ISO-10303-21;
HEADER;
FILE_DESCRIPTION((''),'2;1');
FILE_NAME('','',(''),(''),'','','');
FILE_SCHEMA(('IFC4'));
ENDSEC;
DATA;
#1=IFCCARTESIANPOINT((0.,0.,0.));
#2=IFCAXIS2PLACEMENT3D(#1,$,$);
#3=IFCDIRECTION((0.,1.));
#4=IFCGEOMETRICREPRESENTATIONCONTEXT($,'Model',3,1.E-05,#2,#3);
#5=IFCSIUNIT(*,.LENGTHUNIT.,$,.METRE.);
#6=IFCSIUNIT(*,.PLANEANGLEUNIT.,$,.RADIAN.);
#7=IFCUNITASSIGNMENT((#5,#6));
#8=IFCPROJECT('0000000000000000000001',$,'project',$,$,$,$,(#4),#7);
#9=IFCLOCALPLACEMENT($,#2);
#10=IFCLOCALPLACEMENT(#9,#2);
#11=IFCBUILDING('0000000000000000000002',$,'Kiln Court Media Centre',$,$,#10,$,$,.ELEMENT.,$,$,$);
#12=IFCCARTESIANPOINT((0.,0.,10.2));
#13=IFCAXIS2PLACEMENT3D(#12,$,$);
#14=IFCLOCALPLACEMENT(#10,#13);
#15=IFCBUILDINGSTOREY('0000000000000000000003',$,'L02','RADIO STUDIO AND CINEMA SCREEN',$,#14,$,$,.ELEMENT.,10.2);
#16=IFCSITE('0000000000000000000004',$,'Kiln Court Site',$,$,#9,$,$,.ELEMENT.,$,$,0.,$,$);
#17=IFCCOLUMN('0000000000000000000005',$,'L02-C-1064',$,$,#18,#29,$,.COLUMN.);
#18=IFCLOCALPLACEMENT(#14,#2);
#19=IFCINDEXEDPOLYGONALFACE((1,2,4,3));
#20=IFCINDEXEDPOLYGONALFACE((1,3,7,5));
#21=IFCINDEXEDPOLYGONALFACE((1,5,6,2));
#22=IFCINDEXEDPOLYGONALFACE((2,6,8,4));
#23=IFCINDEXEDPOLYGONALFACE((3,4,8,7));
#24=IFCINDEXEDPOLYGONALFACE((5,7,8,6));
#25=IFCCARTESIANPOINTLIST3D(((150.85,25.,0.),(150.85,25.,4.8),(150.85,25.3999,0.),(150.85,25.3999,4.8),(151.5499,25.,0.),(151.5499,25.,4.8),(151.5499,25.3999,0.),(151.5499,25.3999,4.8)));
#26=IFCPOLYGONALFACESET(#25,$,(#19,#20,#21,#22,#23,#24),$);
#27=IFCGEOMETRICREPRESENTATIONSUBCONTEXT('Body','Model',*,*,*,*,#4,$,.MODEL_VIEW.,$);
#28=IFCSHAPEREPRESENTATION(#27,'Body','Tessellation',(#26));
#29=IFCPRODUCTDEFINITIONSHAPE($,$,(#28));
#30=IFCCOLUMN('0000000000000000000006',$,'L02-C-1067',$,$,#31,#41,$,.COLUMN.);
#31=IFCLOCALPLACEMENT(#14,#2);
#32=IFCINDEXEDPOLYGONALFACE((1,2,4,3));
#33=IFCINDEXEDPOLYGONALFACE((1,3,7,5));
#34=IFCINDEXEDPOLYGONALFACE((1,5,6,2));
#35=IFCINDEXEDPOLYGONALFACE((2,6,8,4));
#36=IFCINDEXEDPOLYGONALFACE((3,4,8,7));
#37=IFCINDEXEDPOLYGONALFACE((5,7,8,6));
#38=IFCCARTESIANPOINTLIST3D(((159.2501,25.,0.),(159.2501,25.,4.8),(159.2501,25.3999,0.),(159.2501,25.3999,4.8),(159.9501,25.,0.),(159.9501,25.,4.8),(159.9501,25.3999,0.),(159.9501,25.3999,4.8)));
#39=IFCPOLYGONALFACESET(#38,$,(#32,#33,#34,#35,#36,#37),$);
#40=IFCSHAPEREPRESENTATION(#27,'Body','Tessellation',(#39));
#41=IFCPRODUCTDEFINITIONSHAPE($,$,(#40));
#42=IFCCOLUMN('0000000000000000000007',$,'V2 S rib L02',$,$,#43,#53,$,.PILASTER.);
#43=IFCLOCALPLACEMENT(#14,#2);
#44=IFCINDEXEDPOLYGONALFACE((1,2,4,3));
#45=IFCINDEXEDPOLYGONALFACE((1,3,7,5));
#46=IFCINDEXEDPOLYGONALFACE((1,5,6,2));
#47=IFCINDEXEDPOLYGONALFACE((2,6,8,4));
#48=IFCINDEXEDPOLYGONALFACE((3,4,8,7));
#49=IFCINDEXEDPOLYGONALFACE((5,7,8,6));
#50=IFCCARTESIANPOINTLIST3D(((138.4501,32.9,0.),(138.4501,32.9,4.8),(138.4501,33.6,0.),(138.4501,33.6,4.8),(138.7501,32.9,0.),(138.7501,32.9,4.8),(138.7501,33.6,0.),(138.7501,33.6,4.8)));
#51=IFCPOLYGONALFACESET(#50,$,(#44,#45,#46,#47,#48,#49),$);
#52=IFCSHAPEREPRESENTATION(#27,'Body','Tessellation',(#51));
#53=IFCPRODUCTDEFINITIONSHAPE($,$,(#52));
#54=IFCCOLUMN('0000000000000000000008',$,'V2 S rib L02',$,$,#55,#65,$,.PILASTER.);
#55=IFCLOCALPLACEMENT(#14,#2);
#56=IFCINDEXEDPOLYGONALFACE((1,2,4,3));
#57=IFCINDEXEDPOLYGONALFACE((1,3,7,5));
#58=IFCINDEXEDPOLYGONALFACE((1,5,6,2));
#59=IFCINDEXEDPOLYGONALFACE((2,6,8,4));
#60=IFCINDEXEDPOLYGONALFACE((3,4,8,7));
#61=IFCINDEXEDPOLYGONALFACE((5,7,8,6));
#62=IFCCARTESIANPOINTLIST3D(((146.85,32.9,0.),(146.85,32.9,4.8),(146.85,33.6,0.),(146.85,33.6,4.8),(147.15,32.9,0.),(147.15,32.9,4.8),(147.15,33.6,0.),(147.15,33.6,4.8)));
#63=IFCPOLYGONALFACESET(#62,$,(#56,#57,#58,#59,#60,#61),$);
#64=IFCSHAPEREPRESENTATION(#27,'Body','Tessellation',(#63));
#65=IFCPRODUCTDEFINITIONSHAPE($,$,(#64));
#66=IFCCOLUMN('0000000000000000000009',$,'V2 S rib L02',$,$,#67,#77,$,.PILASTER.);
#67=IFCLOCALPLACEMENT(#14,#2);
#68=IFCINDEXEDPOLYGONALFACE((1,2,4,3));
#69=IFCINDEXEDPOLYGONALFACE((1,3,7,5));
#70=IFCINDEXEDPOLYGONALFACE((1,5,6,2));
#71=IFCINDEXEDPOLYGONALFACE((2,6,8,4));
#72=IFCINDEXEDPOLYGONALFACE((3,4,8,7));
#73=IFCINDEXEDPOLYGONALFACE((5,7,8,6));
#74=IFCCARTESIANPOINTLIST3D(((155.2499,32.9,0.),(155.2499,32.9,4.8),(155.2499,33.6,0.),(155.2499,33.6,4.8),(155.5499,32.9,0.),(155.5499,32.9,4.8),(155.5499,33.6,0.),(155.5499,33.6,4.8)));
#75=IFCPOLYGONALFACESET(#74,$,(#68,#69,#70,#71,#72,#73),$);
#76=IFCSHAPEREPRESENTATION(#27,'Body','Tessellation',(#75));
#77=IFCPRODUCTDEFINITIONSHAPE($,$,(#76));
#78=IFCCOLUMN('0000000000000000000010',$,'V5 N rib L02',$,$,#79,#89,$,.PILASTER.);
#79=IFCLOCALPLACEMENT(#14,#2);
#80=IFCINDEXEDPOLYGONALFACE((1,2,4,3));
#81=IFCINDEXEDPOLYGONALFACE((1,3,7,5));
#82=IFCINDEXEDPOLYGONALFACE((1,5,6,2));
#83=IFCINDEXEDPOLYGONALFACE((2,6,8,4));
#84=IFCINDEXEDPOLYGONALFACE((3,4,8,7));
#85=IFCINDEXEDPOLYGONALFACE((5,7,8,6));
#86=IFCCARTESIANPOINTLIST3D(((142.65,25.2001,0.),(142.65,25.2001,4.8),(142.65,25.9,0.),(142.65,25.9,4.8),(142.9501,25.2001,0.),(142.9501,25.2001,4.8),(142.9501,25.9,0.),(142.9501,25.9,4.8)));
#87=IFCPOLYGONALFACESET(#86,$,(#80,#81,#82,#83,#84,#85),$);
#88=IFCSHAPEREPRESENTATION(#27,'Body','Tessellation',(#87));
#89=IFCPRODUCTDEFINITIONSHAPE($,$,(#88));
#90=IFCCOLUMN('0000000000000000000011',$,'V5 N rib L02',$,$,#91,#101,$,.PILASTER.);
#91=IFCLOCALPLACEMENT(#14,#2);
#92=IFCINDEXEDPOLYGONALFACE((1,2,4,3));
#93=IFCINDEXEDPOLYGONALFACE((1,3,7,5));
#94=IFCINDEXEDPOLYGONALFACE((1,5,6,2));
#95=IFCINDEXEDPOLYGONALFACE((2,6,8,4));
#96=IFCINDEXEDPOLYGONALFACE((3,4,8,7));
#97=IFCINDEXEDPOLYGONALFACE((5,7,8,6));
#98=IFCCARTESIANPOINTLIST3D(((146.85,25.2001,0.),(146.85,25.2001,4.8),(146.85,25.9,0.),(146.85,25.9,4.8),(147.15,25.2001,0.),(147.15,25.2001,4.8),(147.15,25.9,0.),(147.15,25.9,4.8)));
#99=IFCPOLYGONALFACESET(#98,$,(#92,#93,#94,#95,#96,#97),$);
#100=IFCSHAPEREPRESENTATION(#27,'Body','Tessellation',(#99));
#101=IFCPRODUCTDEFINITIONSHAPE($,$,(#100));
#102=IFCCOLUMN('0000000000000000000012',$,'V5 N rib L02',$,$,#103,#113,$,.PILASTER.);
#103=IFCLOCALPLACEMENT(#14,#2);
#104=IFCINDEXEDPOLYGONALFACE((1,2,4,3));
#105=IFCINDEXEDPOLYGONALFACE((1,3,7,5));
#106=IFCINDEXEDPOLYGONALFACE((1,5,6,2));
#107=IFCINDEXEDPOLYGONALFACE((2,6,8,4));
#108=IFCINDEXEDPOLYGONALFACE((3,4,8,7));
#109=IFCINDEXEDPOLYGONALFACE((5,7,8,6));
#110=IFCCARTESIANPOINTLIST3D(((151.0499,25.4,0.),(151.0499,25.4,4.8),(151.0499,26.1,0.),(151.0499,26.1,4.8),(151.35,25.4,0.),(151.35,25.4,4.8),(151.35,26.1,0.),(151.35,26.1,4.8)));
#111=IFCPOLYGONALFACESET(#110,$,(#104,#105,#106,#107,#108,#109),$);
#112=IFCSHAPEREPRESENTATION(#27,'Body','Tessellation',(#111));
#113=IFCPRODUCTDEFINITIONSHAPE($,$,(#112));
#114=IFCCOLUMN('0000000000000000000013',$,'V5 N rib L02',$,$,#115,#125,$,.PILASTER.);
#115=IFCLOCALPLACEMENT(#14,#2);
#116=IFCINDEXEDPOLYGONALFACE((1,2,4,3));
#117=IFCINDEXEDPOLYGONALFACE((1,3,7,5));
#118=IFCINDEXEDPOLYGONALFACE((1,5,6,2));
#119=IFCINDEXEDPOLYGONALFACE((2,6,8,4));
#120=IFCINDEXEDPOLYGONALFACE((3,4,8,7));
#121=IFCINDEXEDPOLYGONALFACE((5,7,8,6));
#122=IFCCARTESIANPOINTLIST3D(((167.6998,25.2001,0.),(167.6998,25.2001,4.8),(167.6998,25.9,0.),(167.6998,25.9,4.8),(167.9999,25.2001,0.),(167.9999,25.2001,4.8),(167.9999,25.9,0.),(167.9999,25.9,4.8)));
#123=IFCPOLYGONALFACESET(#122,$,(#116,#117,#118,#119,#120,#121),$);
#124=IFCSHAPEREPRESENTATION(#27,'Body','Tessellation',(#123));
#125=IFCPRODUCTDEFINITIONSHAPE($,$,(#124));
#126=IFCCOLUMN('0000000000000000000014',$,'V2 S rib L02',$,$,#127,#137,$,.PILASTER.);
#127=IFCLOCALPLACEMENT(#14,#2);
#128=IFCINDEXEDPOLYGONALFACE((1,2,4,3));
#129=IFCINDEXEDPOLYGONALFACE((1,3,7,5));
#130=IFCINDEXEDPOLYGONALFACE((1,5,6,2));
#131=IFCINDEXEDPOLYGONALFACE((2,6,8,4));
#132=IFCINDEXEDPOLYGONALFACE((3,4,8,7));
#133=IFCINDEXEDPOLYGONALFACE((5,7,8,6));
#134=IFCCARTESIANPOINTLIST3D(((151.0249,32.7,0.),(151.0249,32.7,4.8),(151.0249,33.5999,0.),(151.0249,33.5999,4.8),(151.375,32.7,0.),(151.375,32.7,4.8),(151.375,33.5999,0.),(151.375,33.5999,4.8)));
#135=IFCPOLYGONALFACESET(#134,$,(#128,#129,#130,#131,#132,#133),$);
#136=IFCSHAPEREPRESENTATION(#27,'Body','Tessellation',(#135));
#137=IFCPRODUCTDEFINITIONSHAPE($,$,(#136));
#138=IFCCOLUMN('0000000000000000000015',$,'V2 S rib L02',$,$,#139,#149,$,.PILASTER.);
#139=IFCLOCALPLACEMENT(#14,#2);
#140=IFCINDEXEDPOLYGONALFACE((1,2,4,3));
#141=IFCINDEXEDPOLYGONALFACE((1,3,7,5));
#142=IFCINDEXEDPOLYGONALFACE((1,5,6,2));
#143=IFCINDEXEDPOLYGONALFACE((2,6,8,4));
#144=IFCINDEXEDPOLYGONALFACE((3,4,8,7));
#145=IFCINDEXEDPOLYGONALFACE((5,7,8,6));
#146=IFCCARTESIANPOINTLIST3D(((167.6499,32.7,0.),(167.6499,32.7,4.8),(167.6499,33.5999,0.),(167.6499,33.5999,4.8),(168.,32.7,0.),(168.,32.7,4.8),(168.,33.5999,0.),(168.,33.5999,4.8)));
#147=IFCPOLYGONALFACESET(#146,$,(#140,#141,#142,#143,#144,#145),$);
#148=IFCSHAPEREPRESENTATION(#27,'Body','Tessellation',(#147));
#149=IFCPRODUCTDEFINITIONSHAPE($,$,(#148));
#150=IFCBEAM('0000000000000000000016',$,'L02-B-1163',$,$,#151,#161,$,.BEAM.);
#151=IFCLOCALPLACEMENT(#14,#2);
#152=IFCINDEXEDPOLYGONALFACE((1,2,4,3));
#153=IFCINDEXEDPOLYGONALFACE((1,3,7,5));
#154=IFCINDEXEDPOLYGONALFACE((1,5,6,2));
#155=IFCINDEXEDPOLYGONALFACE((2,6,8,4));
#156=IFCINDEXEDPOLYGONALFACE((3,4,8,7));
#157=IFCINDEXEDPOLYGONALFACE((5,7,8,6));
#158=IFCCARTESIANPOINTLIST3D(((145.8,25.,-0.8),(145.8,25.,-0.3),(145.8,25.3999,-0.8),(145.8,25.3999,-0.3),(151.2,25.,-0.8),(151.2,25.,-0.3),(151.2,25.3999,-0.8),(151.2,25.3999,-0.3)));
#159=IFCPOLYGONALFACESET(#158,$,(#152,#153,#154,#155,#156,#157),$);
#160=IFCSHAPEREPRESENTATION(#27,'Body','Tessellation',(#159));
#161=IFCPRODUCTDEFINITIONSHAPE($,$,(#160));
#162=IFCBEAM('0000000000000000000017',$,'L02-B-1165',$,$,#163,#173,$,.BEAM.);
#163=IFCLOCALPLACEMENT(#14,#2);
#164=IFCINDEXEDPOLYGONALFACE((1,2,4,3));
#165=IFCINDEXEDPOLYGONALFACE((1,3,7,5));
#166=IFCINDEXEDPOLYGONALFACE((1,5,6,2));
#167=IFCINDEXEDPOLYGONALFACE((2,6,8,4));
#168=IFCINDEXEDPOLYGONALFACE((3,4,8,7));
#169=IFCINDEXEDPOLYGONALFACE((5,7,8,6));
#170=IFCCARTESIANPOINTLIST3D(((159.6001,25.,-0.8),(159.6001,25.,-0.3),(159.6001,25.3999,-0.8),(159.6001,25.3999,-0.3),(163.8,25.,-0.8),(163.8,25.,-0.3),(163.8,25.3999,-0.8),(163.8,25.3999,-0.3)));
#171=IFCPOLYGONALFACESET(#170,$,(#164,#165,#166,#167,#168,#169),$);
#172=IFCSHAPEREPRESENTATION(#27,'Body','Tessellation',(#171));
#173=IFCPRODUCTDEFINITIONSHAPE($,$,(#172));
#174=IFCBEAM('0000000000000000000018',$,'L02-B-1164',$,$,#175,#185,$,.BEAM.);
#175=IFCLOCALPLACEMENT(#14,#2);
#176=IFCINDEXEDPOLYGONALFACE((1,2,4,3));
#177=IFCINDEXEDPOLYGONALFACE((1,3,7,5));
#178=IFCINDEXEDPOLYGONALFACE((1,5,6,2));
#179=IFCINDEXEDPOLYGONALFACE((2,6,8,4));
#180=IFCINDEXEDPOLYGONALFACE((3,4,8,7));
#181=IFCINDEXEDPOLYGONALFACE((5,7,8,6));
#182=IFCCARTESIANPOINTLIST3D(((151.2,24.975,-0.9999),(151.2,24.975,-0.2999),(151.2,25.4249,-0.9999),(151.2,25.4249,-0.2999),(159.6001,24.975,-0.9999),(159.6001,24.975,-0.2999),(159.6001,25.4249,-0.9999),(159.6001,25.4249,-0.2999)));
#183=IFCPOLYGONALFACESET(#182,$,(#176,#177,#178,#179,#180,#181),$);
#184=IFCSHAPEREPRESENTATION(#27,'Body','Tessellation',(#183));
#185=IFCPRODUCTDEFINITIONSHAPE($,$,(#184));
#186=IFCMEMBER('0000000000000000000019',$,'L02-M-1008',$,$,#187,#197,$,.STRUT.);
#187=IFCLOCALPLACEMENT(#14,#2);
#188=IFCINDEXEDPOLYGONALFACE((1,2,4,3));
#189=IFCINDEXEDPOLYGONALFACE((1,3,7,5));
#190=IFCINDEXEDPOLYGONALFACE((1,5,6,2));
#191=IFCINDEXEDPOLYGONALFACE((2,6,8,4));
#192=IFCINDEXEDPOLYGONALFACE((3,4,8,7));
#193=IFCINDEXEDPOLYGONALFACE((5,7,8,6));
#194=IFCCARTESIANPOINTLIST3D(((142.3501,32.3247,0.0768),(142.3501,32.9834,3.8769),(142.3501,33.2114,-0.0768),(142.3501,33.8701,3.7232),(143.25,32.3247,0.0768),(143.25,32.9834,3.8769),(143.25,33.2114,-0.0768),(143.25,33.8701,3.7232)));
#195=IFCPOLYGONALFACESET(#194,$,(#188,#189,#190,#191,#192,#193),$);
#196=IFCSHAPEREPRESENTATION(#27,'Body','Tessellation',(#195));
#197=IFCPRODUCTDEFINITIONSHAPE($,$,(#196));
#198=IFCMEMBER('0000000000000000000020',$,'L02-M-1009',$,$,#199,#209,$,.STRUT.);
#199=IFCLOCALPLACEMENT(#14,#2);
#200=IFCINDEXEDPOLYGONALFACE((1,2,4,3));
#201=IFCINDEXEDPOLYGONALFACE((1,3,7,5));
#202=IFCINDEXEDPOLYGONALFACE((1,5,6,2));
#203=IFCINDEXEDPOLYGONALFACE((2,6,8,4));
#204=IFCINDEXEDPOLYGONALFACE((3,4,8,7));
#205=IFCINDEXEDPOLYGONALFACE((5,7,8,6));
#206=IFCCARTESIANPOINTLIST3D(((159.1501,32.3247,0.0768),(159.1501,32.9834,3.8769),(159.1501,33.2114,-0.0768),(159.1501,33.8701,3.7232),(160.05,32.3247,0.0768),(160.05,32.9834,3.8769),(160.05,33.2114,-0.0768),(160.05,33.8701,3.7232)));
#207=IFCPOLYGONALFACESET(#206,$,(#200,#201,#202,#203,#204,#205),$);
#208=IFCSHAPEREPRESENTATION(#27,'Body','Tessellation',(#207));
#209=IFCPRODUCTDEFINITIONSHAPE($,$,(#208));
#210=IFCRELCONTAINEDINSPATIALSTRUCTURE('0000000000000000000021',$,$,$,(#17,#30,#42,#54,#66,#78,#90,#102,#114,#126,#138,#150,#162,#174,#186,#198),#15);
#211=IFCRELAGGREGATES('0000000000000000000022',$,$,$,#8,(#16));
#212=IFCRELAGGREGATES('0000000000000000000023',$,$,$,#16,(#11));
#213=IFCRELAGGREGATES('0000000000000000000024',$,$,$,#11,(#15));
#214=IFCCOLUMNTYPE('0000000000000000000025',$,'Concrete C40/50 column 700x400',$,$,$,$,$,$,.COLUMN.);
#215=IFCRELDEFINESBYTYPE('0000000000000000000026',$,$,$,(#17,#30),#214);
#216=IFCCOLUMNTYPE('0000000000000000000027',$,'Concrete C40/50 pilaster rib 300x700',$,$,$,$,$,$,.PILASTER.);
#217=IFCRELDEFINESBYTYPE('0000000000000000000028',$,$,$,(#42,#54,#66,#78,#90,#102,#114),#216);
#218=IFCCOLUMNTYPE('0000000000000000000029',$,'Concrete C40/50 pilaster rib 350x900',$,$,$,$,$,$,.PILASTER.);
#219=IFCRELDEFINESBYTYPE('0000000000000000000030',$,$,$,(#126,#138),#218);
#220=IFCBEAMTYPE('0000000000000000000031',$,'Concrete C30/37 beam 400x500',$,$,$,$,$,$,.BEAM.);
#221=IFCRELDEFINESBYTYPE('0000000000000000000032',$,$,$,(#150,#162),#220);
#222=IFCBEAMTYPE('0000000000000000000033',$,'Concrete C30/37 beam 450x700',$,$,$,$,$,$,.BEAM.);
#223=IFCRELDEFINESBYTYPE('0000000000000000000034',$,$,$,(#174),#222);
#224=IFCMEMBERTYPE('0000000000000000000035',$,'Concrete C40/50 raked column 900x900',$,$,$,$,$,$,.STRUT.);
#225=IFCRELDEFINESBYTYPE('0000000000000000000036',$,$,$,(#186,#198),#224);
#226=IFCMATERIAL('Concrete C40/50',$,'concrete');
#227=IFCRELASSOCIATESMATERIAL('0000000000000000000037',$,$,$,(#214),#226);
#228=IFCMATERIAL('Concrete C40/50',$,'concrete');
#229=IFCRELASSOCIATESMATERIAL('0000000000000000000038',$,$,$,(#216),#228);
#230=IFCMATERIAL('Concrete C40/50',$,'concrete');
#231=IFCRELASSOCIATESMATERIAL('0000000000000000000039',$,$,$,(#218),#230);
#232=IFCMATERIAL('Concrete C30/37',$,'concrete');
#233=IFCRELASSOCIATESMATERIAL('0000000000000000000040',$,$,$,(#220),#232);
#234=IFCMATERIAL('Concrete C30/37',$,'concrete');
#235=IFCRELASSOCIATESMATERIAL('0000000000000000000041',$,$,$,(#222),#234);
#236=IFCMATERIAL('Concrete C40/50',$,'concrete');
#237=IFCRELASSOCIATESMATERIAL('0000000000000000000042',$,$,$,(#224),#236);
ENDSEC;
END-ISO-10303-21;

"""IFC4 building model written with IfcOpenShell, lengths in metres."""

from ifc_helpers import new_model, si_unit, direction, frame, origin, origin_2d, place, context, subcontext, project, spatial, rectangle, extrude, material, material_profile, profile_set, type_object, element, save


model = new_model("IFC4")

# Units and contexts
model_context = context("Model", 3, precision=1e-05, world=origin(), true_north=direction((0.0, 1.0)))
body_context = subcontext(model_context, "Body", "Model", "MODEL_VIEW")
ifc_project = project(units=[si_unit("LENGTHUNIT", "METRE"), si_unit("PLANEANGLEUNIT", "RADIAN")], contexts=[model_context])

# Site, building, storey
site_placement = place(None, origin())
site = spatial("IfcSite", under=ifc_project, at=site_placement, Name="Kiln Court Site", CompositionType="ELEMENT", RefElevation=0.0)
building_placement = place(site_placement, origin())
building = spatial("IfcBuilding", under=site, at=building_placement, Name="Kiln Court Media Centre", CompositionType="ELEMENT")
storey_placement = place(building_placement, frame((0.0, 0.0, 10.2)))
storey = spatial("IfcBuildingStorey", under=building, at=storey_placement, Name="L02", Description="RADIO STUDIO AND CINEMA SCREEN", CompositionType="ELEMENT", Elevation=10.2)

# Columns
ifc_material_1 = material(Name="Concrete C40/50", Category="concrete")
ifc_material_profile_1 = material_profile(ifc_material_1, rectangle(XDim=0.7, YDim=0.3999, at=origin_2d()), Name="RC 700x400")
ifc_profile_set_1 = profile_set([ifc_material_profile_1], Name="Concrete C40/50")
column_type_1 = type_object("IfcColumnType", Name="Concrete C40/50 column 700x400", PredefinedType="COLUMN", material=ifc_profile_set_1)
for number, where, z_axis, x_axis, name in (
    (1, (151.2, 25.2, 0.0), (0.0, 0.0, 1.0), (1.0, 0.0, 0.0), "L02-C-1064"),
    (2, (159.6001, 25.2, 0.0), (0.0, 0.0, 1.0), (1.0, 0.0, 0.0), "L02-C-1067"),
):
    element("IfcColumn", number, at=place(storey_placement, frame(where, z_axis=z_axis, x_axis=x_axis)), inside=storey, type_object=column_type_1, Name=name, PredefinedType="COLUMN", context=body_context, shape_type="SweptSolid", body=[
        extrude(rectangle(XDim=0.7, YDim=0.3999, at=origin_2d()), origin(), (0.0, 0.0, 1.0), 4.8),
    ])
ifc_material_2 = material(Name="Concrete C40/50", Category="concrete")
ifc_material_profile_2 = material_profile(ifc_material_2, rectangle(XDim=0.3, YDim=0.7, at=origin_2d()), Name="RC 300x700")
ifc_profile_set_2 = profile_set([ifc_material_profile_2], Name="Concrete C40/50")
column_type_2 = type_object("IfcColumnType", Name="Concrete C40/50 pilaster rib 300x700", PredefinedType="PILASTER", material=ifc_profile_set_2)
for number, where, z_axis, x_axis, name in (
    (3, (138.6001, 33.25, 0.0), (0.0, 0.0, 1.0), (1.0, 0.0, 0.0), "V2 S rib L02"),
    (4, (147.0, 33.25, 0.0), (0.0, 0.0, 1.0), (1.0, 0.0, 0.0), "V2 S rib L02"),
    (5, (155.3999, 33.25, 0.0), (0.0, 0.0, 1.0), (1.0, 0.0, 0.0), "V2 S rib L02"),
    (6, (142.8, 25.55, 0.0), (0.0, 0.0, 1.0), (1.0, 0.0, 0.0), "V5 N rib L02"),
    (7, (147.0, 25.55, 0.0), (0.0, 0.0, 1.0), (1.0, 0.0, 0.0), "V5 N rib L02"),
    (8, (151.2, 25.75, 0.0), (0.0, 0.0, 1.0), (1.0, 0.0, 0.0), "V5 N rib L02"),
    (9, (167.8499, 25.55, 0.0), (0.0, 0.0, 1.0), (1.0, 0.0, 0.0), "V5 N rib L02"),
):
    element("IfcColumn", number, at=place(storey_placement, frame(where, z_axis=z_axis, x_axis=x_axis)), inside=storey, type_object=column_type_2, Name=name, PredefinedType="PILASTER", context=body_context, shape_type="SweptSolid", body=[
        extrude(rectangle(XDim=0.3, YDim=0.7, at=origin_2d()), origin(), (0.0, 0.0, 1.0), 4.8),
    ])
ifc_material_3 = material(Name="Concrete C40/50", Category="concrete")
ifc_material_profile_3 = material_profile(ifc_material_3, rectangle(XDim=0.3501, YDim=0.8999, at=origin_2d()), Name="RC 350x900")
ifc_profile_set_3 = profile_set([ifc_material_profile_3], Name="Concrete C40/50")
column_type_3 = type_object("IfcColumnType", Name="Concrete C40/50 pilaster rib 350x900", PredefinedType="PILASTER", material=ifc_profile_set_3)
for number, where, z_axis, x_axis, name in (
    (10, (151.2, 33.1499, 0.0), (0.0, 0.0, 1.0), (1.0, 0.0, 0.0), "V2 S rib L02"),
    (11, (167.825, 33.1499, 0.0), (0.0, 0.0, 1.0), (1.0, 0.0, 0.0), "V2 S rib L02"),
):
    element("IfcColumn", number, at=place(storey_placement, frame(where, z_axis=z_axis, x_axis=x_axis)), inside=storey, type_object=column_type_3, Name=name, PredefinedType="PILASTER", context=body_context, shape_type="SweptSolid", body=[
        extrude(rectangle(XDim=0.3501, YDim=0.8999, at=origin_2d()), origin(), (0.0, 0.0, 1.0), 4.8),
    ])

# Beams
ifc_material_4 = material(Name="Concrete C30/37", Category="concrete")
ifc_material_profile_4 = material_profile(ifc_material_4, rectangle(XDim=0.3999, YDim=0.5, at=origin_2d()), Name="RC 400x500")
ifc_profile_set_4 = profile_set([ifc_material_profile_4], Name="Concrete C30/37")
beam_type_1 = type_object("IfcBeamType", Name="Concrete C30/37 beam 400x500", PredefinedType="BEAM", material=ifc_profile_set_4)
beam_1_placement = place(storey_placement, frame((145.8, 25.2, -0.55), z_axis=(1.0, 0.0, 0.0), x_axis=(0.0, 1.0, 0.0)))
element("IfcBeam", 12, at=beam_1_placement, inside=storey, type_object=beam_type_1, Name="L02-B-1163", PredefinedType="BEAM", context=body_context, shape_type="SweptSolid", body=[
    extrude(rectangle(XDim=0.3999, YDim=0.5, at=origin_2d()), origin(), (0.0, 0.0, 1.0), 5.3999),
])
beam_2_placement = place(storey_placement, frame((159.6001, 25.2, -0.55), z_axis=(1.0, 0.0, 0.0), x_axis=(0.0, 1.0, 0.0)))
element("IfcBeam", 13, at=beam_2_placement, inside=storey, type_object=beam_type_1, Name="L02-B-1165", PredefinedType="BEAM", context=body_context, shape_type="SweptSolid", body=[
    extrude(rectangle(XDim=0.3999, YDim=0.5, at=origin_2d()), origin(), (0.0, 0.0, 1.0), 4.2),
])
ifc_material_5 = material(Name="Concrete C30/37", Category="concrete")
ifc_material_profile_5 = material_profile(ifc_material_5, rectangle(XDim=0.45, YDim=0.7, at=origin_2d()), Name="RC 450x700")
ifc_profile_set_5 = profile_set([ifc_material_profile_5], Name="Concrete C30/37")
beam_type_2 = type_object("IfcBeamType", Name="Concrete C30/37 beam 450x700", PredefinedType="BEAM", material=ifc_profile_set_5)
beam_3_placement = place(storey_placement, frame((151.2, 25.2, -0.6499), z_axis=(1.0, 0.0, 0.0), x_axis=(0.0, 1.0, 0.0)))
element("IfcBeam", 14, at=beam_3_placement, inside=storey, type_object=beam_type_2, Name="L02-B-1164", PredefinedType="BEAM", context=body_context, shape_type="SweptSolid", body=[
    extrude(rectangle(XDim=0.45, YDim=0.7, at=origin_2d()), origin(), (0.0, 0.0, 1.0), 8.4001),
])

# Members
ifc_material_6 = material(Name="Concrete C40/50", Category="concrete")
ifc_material_profile_6 = material_profile(ifc_material_6, rectangle(XDim=0.8999, YDim=0.8999, at=origin_2d()), Name="RC 900x900")
ifc_profile_set_6 = profile_set([ifc_material_profile_6], Name="Concrete C40/50")
member_type = type_object("IfcMemberType", Name="Concrete C40/50 raked column 900x900", PredefinedType="STRUT", material=ifc_profile_set_6)
for number, where, z_axis, x_axis, name in (
    (15, (142.8, 32.7681, 0.0), (0.0, 0.170791, 0.985307), (-1.0, 0.0, 0.0), "L02-M-1008"),
    (16, (159.6001, 32.7681, 0.0), (0.0, 0.170791, 0.985307), (-1.0, 0.0, 0.0), "L02-M-1009"),
):
    element("IfcMember", number, at=place(storey_placement, frame(where, z_axis=z_axis, x_axis=x_axis)), inside=storey, type_object=member_type, Name=name, PredefinedType="STRUT", context=body_context, shape_type="SweptSolid", body=[
        extrude(rectangle(XDim=0.8999, YDim=0.8999, at=origin_2d()), origin(), (0.0, 0.0, 1.0), 3.8567),
    ])

save(model, "model.ifc")
